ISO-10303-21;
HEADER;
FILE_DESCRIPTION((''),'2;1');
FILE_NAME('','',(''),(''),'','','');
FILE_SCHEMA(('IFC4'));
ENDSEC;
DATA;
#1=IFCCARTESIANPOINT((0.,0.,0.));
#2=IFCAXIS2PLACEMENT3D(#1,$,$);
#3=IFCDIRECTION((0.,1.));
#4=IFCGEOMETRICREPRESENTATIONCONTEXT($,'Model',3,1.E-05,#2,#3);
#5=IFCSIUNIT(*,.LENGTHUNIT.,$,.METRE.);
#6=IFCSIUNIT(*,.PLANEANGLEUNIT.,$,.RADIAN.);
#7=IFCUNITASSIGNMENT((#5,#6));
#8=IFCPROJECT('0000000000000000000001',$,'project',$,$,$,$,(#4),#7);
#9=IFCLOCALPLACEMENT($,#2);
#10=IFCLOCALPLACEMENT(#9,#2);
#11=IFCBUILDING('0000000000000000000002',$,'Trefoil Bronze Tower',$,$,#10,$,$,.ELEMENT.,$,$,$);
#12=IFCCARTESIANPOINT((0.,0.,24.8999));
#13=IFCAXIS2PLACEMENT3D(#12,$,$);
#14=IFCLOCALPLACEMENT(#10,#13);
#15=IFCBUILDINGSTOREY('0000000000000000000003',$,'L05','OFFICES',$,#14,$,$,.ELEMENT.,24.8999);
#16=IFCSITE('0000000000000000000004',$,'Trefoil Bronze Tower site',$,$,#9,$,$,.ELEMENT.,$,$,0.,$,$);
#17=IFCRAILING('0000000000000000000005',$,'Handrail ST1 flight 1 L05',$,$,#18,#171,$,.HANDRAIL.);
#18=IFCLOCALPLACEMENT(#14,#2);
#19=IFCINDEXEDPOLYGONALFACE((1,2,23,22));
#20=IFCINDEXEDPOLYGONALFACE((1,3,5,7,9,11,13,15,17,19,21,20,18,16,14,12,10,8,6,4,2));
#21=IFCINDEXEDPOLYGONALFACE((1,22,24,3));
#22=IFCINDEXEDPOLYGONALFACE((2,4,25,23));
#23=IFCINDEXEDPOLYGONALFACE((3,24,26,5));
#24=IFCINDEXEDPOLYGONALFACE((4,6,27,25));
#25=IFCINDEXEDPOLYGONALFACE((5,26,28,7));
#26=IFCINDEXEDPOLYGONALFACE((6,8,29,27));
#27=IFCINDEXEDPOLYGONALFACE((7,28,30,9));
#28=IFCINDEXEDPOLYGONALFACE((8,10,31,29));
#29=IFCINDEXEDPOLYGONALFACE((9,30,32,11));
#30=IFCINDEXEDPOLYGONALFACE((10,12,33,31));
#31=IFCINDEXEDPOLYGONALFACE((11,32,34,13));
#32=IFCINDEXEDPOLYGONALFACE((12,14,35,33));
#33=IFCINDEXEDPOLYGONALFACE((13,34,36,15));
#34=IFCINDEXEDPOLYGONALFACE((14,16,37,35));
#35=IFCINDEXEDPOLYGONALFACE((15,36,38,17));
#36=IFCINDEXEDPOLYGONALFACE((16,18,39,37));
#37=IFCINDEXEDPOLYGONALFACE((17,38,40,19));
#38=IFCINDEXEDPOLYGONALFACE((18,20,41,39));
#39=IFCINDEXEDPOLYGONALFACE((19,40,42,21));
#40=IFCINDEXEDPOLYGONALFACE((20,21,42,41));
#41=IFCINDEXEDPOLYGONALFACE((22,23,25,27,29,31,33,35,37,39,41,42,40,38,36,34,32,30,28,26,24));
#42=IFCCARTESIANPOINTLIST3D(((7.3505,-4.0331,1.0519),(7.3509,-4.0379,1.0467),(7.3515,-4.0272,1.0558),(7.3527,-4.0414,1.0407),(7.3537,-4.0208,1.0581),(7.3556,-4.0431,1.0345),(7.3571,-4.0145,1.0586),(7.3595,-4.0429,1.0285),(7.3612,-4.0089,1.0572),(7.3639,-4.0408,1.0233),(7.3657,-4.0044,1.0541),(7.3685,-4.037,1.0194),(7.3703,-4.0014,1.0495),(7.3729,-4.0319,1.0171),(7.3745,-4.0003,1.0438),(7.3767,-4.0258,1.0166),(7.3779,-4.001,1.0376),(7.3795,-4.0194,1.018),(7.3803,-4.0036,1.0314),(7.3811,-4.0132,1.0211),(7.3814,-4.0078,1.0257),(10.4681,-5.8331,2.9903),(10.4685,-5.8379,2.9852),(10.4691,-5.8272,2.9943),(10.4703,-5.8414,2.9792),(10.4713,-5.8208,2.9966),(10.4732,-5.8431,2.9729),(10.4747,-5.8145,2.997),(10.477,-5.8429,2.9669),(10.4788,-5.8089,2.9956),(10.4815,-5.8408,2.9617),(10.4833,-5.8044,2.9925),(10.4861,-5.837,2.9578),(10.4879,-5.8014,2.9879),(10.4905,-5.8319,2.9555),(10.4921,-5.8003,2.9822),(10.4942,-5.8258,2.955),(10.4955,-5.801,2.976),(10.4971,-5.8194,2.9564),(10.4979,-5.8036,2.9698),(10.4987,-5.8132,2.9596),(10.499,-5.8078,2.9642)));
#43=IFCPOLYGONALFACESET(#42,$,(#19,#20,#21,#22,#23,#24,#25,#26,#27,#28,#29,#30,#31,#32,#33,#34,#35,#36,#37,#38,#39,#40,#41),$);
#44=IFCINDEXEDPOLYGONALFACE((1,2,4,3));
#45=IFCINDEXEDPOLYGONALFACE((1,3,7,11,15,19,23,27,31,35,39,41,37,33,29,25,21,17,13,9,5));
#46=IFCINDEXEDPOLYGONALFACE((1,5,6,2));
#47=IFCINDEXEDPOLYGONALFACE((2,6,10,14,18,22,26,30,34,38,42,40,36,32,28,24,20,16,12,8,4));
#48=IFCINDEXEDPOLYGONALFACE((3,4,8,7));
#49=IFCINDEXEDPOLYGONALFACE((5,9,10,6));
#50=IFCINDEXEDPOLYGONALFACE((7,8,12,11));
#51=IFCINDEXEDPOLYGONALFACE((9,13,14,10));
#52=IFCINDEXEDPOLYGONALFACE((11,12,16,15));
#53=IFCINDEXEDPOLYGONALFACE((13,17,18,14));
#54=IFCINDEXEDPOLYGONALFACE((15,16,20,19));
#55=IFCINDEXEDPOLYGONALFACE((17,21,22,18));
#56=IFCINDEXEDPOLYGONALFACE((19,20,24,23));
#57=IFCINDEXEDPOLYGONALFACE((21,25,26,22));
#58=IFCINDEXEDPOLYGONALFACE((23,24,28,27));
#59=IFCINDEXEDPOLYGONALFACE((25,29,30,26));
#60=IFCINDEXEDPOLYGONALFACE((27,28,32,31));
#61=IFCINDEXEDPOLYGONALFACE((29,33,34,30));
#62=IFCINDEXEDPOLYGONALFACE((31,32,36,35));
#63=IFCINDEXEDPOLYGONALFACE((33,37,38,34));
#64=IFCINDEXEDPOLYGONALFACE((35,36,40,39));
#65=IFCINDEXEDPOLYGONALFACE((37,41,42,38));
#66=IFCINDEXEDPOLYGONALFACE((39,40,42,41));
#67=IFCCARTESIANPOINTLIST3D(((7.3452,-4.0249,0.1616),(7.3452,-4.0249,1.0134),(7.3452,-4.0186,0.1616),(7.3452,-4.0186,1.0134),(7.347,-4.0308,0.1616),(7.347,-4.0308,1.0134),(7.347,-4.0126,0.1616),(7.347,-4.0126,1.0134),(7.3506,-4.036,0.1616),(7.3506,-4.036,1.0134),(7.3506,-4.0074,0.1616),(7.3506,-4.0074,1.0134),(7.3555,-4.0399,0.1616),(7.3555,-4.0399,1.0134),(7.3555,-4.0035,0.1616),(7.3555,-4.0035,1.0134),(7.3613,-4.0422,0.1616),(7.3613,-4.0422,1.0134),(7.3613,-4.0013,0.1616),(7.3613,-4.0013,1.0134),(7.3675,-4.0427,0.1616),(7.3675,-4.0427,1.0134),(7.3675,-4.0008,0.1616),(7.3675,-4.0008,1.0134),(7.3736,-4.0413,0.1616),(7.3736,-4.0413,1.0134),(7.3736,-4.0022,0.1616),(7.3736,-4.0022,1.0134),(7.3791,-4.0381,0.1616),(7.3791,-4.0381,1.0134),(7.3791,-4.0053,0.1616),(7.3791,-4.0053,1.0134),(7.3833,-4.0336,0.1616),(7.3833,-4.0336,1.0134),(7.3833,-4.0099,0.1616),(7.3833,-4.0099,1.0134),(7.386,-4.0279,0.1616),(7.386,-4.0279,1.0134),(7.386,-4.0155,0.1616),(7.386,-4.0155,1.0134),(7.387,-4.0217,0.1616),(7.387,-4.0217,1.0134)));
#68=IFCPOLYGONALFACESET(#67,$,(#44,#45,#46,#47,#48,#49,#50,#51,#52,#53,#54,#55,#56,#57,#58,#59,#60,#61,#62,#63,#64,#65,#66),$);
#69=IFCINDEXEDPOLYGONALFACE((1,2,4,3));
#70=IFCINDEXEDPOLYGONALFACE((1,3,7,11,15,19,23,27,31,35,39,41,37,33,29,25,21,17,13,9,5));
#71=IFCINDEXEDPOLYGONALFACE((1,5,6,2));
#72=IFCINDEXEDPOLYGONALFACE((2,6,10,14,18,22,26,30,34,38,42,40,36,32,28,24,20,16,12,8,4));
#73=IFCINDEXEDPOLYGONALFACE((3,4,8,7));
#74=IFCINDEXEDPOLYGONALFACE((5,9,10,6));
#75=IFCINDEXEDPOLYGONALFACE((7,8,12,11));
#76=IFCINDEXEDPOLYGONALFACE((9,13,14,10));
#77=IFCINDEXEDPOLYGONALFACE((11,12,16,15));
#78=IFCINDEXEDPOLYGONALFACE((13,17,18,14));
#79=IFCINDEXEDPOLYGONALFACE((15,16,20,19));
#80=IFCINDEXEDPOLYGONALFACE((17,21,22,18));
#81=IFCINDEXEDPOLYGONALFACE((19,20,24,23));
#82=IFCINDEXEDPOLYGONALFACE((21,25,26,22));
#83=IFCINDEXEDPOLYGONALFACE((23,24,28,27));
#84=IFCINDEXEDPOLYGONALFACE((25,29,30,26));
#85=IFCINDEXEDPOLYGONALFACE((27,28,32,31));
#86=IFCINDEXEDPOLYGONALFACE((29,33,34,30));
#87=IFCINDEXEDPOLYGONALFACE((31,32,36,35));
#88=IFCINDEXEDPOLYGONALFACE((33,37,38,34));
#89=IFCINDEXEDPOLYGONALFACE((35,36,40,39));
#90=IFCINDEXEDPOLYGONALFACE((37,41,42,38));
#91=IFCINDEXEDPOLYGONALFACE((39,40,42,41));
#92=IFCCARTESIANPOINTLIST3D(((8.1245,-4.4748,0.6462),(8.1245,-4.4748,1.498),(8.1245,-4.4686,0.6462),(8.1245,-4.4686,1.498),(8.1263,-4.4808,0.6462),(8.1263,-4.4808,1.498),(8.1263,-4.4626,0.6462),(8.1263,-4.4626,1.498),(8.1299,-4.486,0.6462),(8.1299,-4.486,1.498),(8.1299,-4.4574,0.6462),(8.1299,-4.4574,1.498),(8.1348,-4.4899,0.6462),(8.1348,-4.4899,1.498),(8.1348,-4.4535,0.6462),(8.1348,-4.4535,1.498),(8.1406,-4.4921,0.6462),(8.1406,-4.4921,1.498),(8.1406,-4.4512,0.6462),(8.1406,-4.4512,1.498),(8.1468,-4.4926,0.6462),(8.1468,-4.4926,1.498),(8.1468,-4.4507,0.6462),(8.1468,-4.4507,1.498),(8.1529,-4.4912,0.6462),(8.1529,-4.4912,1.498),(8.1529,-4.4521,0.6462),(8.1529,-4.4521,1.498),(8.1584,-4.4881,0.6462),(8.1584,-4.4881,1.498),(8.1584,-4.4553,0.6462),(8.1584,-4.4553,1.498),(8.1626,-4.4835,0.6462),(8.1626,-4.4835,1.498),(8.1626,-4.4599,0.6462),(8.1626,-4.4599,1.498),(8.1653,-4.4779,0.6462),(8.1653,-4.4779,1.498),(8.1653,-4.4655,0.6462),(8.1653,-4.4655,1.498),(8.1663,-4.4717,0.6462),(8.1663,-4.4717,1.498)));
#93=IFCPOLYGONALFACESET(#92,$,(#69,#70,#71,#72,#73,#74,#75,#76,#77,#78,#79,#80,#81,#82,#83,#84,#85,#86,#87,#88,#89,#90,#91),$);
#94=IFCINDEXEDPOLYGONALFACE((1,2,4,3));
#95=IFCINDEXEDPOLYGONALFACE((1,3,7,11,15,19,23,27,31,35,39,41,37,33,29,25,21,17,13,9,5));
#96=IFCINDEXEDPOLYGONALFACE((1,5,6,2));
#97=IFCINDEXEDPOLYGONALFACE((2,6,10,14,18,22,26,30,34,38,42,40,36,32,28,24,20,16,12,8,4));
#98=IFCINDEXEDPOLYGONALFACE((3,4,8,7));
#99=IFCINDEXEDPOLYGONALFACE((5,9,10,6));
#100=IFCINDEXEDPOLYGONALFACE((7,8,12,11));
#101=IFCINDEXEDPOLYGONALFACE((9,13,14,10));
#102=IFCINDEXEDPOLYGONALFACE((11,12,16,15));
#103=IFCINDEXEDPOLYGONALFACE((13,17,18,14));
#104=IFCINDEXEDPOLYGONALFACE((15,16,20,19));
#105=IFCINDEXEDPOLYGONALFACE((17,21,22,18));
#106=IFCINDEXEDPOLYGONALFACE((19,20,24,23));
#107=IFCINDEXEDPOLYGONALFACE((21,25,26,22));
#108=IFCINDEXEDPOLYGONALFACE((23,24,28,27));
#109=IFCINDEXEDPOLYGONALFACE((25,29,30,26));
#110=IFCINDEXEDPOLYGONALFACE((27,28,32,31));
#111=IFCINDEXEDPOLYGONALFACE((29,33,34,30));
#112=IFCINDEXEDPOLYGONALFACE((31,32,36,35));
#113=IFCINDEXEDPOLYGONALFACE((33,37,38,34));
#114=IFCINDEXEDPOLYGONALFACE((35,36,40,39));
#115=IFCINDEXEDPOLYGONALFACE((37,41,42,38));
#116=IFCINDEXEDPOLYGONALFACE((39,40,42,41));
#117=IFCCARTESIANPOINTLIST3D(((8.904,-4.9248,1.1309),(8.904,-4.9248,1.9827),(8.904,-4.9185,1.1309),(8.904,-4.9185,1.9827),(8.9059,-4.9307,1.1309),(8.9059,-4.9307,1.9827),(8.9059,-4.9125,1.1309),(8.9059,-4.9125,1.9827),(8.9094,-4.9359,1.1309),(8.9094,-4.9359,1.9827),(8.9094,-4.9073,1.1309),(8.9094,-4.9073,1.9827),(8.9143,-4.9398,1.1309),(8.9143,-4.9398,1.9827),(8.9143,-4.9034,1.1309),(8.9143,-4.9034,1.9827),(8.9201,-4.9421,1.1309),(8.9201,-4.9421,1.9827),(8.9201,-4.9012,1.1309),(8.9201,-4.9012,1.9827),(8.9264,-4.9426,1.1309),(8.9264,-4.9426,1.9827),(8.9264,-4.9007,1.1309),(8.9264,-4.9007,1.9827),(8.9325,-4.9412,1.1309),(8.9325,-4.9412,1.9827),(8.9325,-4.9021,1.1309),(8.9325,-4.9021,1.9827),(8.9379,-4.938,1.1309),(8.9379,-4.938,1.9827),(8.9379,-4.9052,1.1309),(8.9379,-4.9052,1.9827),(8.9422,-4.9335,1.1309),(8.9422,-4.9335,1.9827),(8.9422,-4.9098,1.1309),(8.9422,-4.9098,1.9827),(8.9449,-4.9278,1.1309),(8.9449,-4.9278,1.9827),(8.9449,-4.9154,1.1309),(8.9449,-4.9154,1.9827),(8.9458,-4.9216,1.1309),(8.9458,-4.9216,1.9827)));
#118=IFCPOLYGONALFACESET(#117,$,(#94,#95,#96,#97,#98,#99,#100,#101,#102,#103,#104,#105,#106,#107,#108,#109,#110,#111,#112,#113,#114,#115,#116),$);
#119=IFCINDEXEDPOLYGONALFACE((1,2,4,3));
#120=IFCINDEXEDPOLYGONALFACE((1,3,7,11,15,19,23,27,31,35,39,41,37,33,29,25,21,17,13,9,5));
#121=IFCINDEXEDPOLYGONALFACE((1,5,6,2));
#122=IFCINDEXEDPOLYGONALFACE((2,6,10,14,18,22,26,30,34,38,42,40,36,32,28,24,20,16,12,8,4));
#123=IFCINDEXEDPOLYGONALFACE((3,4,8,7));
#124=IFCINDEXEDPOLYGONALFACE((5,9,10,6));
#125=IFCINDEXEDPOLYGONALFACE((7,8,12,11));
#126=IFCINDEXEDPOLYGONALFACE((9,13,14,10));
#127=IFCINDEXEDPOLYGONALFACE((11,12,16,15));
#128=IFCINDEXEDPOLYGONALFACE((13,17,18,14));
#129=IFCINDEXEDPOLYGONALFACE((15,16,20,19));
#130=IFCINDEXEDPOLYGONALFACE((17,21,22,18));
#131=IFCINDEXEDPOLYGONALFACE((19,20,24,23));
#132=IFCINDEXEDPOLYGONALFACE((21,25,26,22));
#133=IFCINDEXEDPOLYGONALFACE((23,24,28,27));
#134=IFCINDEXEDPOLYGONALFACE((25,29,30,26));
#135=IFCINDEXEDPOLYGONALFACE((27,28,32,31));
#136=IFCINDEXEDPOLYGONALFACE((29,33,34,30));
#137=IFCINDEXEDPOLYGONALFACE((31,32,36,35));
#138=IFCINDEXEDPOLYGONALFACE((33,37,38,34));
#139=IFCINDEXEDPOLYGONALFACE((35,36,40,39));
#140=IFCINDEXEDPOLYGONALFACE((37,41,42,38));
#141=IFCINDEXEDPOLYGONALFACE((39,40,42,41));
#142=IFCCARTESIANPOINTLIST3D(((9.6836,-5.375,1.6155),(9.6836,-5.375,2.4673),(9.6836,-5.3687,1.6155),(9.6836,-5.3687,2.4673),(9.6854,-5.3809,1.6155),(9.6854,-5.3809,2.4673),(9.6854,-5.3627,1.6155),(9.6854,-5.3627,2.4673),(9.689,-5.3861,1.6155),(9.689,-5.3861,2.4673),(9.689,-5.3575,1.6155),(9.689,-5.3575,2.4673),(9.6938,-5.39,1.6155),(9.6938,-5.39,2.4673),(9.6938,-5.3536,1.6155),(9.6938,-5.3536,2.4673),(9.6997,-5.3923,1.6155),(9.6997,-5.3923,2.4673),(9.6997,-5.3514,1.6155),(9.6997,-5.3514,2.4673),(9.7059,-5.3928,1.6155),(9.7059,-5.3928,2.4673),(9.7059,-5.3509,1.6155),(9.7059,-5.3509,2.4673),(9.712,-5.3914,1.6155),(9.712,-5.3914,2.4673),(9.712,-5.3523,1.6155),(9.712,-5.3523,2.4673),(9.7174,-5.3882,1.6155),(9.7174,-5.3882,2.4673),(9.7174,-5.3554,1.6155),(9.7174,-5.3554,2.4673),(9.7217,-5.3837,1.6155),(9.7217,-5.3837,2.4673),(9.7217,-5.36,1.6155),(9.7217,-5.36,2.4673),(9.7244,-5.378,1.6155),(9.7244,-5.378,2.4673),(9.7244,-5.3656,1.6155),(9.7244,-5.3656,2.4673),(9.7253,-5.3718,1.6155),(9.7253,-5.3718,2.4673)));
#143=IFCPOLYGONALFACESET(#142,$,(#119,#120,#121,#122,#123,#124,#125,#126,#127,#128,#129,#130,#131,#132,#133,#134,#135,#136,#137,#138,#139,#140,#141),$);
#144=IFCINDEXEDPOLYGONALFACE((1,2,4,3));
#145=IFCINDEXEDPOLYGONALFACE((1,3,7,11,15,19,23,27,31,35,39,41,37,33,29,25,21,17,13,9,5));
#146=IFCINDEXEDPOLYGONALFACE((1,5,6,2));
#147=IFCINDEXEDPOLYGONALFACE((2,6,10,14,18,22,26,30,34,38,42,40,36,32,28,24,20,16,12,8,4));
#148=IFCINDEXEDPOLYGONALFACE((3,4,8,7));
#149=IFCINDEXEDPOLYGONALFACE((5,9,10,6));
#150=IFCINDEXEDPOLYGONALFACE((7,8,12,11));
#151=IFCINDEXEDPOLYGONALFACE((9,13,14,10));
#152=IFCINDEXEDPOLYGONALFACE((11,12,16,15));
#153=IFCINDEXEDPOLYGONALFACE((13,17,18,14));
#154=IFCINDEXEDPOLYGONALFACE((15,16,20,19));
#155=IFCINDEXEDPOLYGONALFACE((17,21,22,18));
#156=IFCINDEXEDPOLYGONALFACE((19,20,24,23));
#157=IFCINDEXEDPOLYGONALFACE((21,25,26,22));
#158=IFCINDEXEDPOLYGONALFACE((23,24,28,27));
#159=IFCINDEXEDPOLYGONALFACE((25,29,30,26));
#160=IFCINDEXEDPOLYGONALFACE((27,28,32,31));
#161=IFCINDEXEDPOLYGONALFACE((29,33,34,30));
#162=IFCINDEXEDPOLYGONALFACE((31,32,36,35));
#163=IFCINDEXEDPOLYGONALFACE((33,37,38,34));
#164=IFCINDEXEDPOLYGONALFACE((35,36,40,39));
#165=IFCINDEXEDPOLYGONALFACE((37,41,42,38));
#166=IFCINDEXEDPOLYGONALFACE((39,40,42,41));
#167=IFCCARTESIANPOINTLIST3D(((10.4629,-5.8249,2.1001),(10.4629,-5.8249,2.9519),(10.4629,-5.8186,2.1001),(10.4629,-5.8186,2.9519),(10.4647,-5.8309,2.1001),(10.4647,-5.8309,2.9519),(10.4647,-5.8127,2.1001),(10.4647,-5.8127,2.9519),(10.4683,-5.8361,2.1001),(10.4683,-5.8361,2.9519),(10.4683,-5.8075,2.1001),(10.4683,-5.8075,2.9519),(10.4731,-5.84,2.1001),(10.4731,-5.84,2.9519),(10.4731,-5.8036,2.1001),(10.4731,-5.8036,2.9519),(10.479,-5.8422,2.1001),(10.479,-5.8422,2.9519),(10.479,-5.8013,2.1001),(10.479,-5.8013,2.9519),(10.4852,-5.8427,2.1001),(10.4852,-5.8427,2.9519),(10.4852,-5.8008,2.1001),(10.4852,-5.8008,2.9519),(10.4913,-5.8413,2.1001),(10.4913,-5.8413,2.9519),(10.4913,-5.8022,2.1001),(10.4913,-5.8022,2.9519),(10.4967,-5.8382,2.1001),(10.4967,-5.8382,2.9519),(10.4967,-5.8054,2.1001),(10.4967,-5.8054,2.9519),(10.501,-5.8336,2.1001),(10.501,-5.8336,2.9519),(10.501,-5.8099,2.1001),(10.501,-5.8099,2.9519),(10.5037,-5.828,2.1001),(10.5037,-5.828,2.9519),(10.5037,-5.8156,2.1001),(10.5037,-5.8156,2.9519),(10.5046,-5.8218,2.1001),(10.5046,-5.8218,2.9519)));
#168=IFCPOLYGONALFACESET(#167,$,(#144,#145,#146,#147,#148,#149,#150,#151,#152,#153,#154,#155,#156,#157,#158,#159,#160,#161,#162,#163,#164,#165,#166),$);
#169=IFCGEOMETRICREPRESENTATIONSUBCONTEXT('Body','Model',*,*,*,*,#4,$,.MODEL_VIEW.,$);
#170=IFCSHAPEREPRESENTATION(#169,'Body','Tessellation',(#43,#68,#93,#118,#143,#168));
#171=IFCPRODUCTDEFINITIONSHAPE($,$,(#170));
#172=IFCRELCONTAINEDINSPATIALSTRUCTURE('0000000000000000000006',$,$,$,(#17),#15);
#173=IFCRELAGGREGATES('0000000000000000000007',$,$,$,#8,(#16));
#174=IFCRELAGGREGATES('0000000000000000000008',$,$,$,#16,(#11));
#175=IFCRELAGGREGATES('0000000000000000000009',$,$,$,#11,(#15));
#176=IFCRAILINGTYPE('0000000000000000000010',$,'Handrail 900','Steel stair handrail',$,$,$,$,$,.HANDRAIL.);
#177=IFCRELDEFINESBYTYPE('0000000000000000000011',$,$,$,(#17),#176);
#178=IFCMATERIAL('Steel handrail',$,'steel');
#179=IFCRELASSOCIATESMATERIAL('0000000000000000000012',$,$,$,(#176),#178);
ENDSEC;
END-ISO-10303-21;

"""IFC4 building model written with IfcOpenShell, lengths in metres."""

from ifc_helpers import new_model, si_unit, direction, frame, origin, origin_2d, place, context, subcontext, project, spatial, circle, extrude, material, type_object, element, save


model = new_model("IFC4")

# Units and contexts
model_context = context("Model", 3, precision=1e-05, world=origin(), true_north=direction((0.0, 1.0)))
body_context = subcontext(model_context, "Body", "Model", "MODEL_VIEW")
ifc_project = project(units=[si_unit("LENGTHUNIT", "METRE"), si_unit("PLANEANGLEUNIT", "RADIAN")], contexts=[model_context])

# Site, building, storey
site_placement = place(None, origin())
site = spatial("IfcSite", under=ifc_project, at=site_placement, Name="Trefoil Bronze Tower site", CompositionType="ELEMENT", RefElevation=0.0)
building_placement = place(site_placement, origin())
building = spatial("IfcBuilding", under=site, at=building_placement, Name="Trefoil Bronze Tower", CompositionType="ELEMENT")
storey_placement = place(building_placement, frame((0.0, 0.0, 24.8999)))
storey = spatial("IfcBuildingStorey", under=building, at=storey_placement, Name="L05", Description="OFFICES", CompositionType="ELEMENT", Elevation=24.8999)

# Railing
ifc_material_1 = material(Name="Steel handrail", Category="steel")
railing_type = type_object("IfcRailingType", Name="Handrail 900", Description="Steel stair handrail", PredefinedType="HANDRAIL", material=ifc_material_1)
railing_1_placement = place(storey_placement, frame((7.366, -4.0217, 0.1616)))
element("IfcRailing", 1, at=railing_1_placement, inside=storey, type_object=railing_type, Name="Handrail ST1 flight 1 L05", PredefinedType="HANDRAIL", context=body_context, shape_type="SweptSolid", body=[
    extrude(circle(Radius=0.0239, at=origin_2d()), frame((0.0, 0.0, 0.876), z_axis=(0.762503, -0.440246, 0.474102), x_axis=(0.500012, 0.866018, 0.0)), (0.0, 0.0, 1.0), 4.0886),
    extrude(circle(Radius=0.021, at=origin_2d()), origin(), (0.0, 0.0, 1.0), 0.8518),
    extrude(circle(Radius=0.021, at=origin_2d()), frame((0.7793, -0.45, 0.4846)), (0.0, 0.0, 1.0), 0.8518),
    extrude(circle(Radius=0.021, at=origin_2d()), frame((1.5588, -0.8999, 0.9692)), (0.0, 0.0, 1.0), 0.8518),
    extrude(circle(Radius=0.021, at=origin_2d()), frame((2.3384, -1.3501, 1.4539)), (0.0, 0.0, 1.0), 0.8518),
    extrude(circle(Radius=0.021, at=origin_2d()), frame((3.1177, -1.8, 1.9385)), (0.0, 0.0, 1.0), 0.8518),
])

save(model, "model.ifc")
